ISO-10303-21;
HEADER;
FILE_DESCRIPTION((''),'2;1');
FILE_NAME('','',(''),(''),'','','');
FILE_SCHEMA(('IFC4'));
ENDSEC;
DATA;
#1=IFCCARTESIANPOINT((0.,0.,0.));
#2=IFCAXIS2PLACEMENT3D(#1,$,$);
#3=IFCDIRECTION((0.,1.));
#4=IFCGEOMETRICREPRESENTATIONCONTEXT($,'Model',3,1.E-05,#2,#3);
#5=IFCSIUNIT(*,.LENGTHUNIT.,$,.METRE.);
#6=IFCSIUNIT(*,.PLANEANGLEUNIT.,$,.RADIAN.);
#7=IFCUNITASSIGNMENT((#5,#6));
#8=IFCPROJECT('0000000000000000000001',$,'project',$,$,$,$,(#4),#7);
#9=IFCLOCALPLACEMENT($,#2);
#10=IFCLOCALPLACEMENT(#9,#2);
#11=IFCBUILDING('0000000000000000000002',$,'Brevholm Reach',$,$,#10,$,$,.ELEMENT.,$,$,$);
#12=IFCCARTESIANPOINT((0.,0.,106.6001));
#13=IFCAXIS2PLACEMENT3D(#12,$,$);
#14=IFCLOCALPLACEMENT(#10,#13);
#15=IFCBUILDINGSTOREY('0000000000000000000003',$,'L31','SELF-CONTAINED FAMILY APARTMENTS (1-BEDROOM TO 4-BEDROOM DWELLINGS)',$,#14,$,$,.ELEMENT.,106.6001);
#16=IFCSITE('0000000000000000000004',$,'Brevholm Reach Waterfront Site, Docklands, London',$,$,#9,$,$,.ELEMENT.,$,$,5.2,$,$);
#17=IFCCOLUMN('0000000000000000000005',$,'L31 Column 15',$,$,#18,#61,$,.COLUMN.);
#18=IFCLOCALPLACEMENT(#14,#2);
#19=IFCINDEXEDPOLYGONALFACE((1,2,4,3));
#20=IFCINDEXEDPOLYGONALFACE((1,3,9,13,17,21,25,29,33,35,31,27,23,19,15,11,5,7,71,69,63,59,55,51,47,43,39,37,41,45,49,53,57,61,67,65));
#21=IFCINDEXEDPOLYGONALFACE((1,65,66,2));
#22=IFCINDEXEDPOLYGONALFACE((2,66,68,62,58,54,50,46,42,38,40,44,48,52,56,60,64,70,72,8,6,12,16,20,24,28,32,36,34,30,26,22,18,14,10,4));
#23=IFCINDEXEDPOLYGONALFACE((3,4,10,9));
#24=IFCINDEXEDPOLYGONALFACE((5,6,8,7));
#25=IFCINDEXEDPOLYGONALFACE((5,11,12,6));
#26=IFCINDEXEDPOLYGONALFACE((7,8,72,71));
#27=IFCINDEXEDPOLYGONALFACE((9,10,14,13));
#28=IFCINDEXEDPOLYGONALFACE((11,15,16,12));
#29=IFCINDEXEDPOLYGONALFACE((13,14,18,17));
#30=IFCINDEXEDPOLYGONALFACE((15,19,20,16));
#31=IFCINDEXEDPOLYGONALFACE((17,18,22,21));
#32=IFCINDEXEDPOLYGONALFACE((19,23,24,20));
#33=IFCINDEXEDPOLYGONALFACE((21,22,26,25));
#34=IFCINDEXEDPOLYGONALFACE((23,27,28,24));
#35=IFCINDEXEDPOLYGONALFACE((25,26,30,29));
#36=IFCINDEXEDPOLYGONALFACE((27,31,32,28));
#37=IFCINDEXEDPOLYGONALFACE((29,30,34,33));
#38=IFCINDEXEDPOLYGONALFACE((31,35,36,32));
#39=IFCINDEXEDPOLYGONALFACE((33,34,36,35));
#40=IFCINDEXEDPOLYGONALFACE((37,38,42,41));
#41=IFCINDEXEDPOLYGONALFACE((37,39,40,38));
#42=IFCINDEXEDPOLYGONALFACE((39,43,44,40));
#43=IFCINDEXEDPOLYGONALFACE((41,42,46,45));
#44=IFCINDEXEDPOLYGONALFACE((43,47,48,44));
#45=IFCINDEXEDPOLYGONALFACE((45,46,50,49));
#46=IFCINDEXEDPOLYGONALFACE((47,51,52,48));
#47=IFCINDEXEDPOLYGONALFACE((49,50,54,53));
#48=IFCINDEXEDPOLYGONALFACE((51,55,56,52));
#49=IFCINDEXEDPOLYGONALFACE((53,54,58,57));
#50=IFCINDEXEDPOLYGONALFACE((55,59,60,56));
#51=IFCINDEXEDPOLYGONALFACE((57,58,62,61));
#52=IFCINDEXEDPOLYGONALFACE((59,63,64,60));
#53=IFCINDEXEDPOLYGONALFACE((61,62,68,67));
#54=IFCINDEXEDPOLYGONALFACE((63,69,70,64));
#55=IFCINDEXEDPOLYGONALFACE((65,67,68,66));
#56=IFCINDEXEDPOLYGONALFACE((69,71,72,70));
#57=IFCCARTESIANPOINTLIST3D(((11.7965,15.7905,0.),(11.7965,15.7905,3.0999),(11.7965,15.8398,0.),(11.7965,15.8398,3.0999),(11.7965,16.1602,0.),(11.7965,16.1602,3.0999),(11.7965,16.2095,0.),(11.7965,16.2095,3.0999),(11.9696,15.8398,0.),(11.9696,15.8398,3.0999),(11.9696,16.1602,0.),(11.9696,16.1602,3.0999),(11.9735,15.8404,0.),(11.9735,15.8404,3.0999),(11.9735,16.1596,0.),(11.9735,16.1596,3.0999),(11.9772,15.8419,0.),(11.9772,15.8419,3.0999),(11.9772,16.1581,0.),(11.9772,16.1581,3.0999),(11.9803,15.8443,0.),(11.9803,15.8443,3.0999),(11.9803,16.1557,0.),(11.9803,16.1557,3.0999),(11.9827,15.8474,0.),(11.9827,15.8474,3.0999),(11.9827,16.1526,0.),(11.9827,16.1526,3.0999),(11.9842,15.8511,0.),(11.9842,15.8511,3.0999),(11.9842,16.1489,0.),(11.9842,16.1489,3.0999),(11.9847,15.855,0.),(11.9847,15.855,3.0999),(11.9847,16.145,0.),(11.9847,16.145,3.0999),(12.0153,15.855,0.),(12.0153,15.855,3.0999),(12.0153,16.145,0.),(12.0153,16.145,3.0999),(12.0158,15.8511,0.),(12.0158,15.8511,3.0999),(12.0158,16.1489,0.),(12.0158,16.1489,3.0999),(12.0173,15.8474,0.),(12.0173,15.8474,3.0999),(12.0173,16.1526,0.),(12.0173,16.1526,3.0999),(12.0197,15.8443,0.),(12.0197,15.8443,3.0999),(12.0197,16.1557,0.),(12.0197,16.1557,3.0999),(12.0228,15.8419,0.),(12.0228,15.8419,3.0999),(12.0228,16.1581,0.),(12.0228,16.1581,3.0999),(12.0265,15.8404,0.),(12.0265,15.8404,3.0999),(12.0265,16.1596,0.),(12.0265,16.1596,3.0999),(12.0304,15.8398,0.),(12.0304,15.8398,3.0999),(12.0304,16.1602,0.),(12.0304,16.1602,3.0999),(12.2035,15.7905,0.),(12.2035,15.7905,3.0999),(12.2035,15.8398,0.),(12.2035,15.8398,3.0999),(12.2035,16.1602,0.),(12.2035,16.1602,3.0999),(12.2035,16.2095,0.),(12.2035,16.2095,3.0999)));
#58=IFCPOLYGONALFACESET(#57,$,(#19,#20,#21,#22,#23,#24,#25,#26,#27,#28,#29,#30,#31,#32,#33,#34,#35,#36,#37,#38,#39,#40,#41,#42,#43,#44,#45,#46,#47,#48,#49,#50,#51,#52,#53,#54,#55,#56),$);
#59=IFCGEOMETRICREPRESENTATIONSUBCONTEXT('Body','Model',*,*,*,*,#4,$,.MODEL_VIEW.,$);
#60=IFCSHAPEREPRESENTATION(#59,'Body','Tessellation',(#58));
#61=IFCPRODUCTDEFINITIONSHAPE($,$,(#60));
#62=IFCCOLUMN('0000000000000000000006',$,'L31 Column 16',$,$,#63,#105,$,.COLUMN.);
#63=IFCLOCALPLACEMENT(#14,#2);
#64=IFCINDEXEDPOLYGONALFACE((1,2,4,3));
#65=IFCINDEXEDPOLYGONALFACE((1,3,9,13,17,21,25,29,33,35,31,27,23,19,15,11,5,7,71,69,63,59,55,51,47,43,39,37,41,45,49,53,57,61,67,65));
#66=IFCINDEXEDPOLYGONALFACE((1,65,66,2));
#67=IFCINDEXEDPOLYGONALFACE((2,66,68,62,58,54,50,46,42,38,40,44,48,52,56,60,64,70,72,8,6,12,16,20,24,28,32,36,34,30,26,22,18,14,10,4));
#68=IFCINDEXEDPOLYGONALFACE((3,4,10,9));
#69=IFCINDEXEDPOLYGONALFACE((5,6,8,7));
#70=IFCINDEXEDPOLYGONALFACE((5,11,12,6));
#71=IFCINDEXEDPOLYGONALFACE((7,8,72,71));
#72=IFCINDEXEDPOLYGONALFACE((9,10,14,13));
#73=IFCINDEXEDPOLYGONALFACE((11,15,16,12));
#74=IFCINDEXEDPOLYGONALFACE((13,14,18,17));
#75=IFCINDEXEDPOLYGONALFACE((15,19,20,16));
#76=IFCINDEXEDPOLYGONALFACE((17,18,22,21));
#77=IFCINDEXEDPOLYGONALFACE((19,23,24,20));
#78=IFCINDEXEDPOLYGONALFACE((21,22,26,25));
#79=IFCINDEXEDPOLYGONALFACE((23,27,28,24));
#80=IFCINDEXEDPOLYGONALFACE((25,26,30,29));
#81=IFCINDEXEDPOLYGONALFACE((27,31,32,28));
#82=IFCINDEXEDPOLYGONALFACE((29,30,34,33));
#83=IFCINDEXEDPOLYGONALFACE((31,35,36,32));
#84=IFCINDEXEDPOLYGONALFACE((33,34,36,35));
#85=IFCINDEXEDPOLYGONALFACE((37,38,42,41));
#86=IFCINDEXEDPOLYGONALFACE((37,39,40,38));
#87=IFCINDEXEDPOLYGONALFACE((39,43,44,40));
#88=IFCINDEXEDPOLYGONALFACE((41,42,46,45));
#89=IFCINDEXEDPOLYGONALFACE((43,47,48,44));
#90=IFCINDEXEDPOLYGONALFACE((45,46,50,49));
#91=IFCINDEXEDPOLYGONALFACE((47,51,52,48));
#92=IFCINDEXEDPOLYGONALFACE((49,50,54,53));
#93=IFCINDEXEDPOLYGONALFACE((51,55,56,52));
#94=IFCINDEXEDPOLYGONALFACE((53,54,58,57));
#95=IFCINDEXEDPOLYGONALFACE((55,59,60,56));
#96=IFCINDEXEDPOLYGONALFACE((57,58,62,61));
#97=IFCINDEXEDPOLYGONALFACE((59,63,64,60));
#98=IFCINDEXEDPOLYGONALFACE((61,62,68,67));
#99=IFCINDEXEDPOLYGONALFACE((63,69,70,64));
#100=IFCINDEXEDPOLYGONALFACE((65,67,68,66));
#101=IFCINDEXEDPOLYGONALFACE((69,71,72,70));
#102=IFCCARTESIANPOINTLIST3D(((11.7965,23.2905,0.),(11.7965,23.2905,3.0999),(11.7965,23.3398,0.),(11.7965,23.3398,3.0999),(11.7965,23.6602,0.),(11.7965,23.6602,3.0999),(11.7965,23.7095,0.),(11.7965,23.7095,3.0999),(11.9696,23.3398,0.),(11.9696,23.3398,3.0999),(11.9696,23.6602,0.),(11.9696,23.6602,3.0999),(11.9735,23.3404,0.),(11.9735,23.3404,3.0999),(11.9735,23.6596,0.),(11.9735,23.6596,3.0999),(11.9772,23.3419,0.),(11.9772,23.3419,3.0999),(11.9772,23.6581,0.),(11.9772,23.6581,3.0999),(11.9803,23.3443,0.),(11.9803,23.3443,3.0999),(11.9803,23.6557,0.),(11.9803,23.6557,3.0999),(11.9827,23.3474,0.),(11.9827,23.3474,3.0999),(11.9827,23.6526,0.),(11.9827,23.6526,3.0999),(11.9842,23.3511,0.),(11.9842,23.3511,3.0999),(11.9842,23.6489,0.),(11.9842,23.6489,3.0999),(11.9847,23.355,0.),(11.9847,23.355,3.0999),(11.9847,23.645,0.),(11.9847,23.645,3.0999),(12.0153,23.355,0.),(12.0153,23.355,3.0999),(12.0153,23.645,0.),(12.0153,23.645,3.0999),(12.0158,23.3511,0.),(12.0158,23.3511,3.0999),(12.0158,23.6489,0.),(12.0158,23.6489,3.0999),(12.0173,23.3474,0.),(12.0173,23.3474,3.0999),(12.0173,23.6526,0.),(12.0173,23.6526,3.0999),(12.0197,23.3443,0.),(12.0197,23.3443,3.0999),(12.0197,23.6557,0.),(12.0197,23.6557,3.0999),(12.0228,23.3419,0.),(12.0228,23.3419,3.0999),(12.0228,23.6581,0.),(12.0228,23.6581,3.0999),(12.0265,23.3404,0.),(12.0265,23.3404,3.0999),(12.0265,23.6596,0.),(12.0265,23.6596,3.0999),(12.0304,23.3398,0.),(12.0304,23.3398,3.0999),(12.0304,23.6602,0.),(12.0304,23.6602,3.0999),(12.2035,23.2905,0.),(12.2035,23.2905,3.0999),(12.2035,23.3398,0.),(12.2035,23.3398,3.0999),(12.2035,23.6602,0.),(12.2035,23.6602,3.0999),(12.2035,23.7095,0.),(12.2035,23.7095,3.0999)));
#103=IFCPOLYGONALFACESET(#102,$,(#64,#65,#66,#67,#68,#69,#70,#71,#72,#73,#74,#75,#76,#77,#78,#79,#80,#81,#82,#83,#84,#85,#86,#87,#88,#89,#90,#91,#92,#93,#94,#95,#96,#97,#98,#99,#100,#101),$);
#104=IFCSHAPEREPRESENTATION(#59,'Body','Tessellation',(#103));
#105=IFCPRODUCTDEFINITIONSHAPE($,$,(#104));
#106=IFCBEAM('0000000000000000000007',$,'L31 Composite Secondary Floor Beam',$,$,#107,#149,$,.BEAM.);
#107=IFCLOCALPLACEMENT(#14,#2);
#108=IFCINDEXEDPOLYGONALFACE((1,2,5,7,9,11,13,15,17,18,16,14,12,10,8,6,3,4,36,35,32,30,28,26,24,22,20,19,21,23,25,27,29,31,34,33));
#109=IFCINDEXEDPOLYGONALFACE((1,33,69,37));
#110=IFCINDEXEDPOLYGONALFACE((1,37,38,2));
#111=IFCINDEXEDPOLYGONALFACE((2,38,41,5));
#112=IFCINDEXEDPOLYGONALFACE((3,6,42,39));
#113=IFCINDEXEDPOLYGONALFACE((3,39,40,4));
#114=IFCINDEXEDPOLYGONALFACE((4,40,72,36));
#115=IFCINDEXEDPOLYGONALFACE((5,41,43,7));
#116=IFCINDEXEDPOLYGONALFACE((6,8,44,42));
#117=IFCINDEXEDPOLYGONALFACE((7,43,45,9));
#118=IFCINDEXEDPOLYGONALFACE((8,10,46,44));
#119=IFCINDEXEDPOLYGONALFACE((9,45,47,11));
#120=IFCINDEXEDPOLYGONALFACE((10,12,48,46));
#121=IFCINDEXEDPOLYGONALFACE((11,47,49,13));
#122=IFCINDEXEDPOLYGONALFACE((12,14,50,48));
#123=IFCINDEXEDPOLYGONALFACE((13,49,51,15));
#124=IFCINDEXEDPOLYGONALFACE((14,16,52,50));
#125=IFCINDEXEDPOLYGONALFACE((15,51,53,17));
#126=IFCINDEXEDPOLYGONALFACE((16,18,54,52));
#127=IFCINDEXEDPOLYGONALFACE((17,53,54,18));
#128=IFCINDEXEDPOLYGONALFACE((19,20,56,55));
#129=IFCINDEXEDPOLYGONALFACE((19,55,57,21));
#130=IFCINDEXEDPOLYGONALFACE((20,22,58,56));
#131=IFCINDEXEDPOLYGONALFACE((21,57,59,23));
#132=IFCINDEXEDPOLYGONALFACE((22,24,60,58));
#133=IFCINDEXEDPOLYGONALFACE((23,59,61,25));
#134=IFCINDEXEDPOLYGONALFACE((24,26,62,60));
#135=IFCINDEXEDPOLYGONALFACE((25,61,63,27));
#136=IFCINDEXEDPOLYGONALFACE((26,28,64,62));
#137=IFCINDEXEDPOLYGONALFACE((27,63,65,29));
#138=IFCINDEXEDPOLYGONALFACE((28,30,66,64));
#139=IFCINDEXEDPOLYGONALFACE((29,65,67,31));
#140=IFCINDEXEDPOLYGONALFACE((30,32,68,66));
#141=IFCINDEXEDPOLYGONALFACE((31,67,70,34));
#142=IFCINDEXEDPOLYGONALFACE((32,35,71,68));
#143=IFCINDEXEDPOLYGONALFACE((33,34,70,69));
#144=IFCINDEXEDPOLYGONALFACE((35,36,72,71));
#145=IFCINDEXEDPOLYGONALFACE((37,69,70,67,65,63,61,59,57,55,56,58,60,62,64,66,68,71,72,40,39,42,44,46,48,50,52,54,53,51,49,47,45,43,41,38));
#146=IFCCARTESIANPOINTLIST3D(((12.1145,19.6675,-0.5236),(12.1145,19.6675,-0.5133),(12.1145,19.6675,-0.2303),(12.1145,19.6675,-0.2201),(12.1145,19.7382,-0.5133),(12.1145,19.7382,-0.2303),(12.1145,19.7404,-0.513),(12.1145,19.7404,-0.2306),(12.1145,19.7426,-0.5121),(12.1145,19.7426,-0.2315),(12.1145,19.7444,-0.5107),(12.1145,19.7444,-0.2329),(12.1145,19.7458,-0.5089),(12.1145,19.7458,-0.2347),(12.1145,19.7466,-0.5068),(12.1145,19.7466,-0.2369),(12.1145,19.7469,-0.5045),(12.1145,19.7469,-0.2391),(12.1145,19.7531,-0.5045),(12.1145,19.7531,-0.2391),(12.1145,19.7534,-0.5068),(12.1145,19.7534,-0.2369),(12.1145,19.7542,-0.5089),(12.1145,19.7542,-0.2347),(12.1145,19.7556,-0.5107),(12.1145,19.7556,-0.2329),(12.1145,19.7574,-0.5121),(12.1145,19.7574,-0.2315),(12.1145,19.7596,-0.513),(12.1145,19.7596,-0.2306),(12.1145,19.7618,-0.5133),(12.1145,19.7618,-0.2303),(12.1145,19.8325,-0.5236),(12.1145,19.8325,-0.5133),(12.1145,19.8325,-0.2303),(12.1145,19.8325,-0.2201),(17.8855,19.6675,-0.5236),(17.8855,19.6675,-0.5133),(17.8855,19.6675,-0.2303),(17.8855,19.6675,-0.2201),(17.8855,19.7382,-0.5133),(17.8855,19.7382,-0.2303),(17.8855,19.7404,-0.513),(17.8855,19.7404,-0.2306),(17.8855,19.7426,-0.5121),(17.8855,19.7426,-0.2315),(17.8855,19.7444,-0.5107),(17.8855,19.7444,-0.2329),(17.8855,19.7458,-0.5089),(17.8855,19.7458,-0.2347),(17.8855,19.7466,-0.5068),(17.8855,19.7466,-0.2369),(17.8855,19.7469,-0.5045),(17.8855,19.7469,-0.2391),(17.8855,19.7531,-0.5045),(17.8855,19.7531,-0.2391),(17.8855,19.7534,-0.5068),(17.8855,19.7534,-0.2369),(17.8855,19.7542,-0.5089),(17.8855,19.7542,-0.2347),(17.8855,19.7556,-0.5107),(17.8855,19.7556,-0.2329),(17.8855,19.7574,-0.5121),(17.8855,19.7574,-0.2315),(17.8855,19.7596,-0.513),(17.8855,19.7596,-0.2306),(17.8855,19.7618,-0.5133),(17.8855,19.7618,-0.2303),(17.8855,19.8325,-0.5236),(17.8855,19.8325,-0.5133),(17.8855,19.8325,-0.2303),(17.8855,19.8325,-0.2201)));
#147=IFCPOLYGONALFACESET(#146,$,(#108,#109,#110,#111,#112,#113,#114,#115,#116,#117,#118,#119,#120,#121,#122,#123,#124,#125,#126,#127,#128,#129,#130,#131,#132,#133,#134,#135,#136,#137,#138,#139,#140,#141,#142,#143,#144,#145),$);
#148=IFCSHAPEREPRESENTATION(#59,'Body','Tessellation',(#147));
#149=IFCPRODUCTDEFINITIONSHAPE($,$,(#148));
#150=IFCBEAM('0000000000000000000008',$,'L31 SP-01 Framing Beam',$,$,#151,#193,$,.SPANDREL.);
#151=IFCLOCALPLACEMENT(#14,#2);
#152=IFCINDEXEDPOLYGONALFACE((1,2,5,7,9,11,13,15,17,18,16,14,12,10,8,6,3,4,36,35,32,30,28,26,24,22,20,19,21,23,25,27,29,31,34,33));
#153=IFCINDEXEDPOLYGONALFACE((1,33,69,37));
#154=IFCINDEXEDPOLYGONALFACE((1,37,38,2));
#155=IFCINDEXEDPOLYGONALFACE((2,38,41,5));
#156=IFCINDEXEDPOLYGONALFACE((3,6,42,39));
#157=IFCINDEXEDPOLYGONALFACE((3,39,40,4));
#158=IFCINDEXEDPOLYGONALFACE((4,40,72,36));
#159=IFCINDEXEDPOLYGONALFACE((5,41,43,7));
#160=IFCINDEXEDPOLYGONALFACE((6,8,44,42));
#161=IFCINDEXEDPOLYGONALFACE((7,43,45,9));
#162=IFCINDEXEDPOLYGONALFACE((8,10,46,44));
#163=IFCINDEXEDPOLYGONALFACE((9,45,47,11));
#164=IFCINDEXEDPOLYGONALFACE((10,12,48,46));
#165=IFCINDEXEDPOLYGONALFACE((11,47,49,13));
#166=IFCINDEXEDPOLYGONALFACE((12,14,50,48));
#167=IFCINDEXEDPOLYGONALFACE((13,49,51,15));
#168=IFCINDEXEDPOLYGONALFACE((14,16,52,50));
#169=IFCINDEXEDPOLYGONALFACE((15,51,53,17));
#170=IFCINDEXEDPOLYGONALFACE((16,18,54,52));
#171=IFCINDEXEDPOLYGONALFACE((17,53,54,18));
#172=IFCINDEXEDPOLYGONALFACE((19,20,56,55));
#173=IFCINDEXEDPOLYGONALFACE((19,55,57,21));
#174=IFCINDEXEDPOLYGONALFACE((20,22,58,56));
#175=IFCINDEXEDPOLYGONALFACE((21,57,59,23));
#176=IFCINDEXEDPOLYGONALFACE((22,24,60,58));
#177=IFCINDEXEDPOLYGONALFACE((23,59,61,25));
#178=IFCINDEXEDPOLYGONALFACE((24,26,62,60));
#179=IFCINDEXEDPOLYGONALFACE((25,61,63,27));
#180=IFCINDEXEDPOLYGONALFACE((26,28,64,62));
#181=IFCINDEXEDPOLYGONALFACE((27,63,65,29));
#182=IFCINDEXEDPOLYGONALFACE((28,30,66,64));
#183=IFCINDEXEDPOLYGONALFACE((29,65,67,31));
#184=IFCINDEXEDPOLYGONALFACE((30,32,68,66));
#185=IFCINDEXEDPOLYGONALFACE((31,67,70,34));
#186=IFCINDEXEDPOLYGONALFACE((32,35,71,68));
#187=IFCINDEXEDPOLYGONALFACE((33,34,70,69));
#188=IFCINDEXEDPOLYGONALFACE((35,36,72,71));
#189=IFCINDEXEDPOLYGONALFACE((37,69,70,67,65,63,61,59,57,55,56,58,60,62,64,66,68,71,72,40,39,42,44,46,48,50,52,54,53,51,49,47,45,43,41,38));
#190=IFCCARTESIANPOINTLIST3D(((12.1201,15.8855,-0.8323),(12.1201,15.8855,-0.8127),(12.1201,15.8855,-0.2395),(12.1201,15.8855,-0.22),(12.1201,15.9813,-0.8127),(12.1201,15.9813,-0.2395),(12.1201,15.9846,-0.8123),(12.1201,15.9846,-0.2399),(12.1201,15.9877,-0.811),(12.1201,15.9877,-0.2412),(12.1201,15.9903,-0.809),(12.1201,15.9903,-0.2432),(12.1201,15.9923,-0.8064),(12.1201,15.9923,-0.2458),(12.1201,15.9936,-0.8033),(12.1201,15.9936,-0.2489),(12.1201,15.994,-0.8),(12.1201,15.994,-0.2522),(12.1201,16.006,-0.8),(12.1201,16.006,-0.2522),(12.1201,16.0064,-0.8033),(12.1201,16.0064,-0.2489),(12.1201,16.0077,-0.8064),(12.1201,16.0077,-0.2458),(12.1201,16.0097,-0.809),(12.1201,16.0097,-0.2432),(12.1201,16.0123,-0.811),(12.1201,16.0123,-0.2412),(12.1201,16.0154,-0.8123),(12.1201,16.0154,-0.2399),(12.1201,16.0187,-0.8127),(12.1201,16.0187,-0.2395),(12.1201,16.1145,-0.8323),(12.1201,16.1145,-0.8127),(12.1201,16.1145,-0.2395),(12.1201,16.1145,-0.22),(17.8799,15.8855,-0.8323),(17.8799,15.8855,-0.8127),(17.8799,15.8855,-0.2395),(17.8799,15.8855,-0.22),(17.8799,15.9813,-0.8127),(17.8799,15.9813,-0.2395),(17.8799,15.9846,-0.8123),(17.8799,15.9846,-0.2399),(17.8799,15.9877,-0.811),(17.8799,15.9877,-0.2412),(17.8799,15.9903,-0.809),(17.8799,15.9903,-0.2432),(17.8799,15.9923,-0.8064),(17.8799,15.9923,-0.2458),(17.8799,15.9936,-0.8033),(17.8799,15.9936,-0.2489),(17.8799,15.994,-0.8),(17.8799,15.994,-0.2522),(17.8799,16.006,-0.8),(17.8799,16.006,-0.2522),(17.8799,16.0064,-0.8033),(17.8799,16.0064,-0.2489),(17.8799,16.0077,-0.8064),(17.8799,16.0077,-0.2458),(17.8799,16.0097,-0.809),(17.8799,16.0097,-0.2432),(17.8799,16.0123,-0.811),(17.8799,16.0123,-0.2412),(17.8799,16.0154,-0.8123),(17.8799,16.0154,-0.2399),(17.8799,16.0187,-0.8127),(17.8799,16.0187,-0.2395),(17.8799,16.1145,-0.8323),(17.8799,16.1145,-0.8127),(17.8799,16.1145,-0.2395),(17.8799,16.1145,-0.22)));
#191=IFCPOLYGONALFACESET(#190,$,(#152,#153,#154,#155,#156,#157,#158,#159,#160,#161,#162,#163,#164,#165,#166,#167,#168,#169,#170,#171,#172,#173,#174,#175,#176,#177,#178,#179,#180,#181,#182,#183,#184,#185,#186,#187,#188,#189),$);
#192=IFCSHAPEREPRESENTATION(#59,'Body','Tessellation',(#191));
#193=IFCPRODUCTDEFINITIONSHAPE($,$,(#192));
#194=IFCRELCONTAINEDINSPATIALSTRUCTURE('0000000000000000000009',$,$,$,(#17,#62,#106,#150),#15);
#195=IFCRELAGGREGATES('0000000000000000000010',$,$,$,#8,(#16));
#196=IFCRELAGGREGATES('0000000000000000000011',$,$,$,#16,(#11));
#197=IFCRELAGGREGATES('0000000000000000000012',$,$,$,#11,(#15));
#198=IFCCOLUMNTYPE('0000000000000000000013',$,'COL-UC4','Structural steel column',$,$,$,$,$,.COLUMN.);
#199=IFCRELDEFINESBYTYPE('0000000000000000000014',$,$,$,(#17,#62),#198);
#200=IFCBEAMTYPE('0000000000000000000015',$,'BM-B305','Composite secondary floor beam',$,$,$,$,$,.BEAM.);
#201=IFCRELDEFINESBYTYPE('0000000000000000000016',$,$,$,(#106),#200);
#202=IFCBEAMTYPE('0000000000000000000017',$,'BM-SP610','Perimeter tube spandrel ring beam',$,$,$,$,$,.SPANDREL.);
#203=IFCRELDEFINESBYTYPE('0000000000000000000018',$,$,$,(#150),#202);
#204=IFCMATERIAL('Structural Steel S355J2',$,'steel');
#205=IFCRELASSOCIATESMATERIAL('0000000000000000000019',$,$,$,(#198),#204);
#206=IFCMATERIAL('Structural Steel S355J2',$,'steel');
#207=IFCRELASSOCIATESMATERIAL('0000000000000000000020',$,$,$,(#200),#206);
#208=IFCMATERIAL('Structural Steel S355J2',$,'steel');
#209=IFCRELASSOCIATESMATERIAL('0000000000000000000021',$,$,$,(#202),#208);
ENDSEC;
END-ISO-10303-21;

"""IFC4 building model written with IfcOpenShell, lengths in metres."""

from ifc_helpers import new_model, si_unit, direction, frame, origin, origin_2d, place, context, subcontext, project, spatial, i_section, extrude, material, material_profile, profile_set, type_object, element, save


model = new_model("IFC4")

# Units and contexts
model_context = context("Model", 3, precision=1e-05, world=origin(), true_north=direction((0.0, 1.0)))
body_context = subcontext(model_context, "Body", "Model", "MODEL_VIEW")
ifc_project = project(units=[si_unit("LENGTHUNIT", "METRE"), si_unit("PLANEANGLEUNIT", "RADIAN")], contexts=[model_context])

# Site, building, storey
site_placement = place(None, origin())
site = spatial("IfcSite", under=ifc_project, at=site_placement, Name="Brevholm Reach Waterfront Site, Docklands, London", CompositionType="ELEMENT", RefElevation=5.2)
building_placement = place(site_placement, origin())
building = spatial("IfcBuilding", under=site, at=building_placement, Name="Brevholm Reach", CompositionType="ELEMENT")
storey_placement = place(building_placement, frame((0.0, 0.0, 106.6001)))
storey = spatial("IfcBuildingStorey", under=building, at=storey_placement, Name="L31", Description="SELF-CONTAINED FAMILY APARTMENTS (1-BEDROOM TO 4-BEDROOM DWELLINGS)", CompositionType="ELEMENT", Elevation=106.6001)

# Columns
ifc_material_1 = material(Name="Structural Steel S355J2", Category="steel")
ifc_material_profile_1 = material_profile(ifc_material_1, i_section(OverallWidth=0.407, OverallDepth=0.4189, WebThickness=0.0305, FlangeThickness=0.0493, FilletRadius=0.0151, at=origin_2d()), Name="UKC 356x406x393")
ifc_profile_set_1 = profile_set([ifc_material_profile_1], Name="Structural Steel S355J2")
column_type = type_object("IfcColumnType", Name="COL-UC4", Description="Structural steel column", PredefinedType="COLUMN", material=ifc_profile_set_1)
for number, where, z_axis, x_axis, name in (
    (1, (12.0, 16.0, 0.0), (0.0, 0.0, 1.0), (1.0, 0.0, 0.0), "L31 Column 15"),
    (2, (12.0, 23.5, 0.0), (0.0, 0.0, 1.0), (1.0, 0.0, 0.0), "L31 Column 16"),
):
    element("IfcColumn", number, at=place(storey_placement, frame(where, z_axis=z_axis, x_axis=x_axis)), inside=storey, type_object=column_type, Name=name, PredefinedType="COLUMN", context=body_context, shape_type="SweptSolid", body=[
        extrude(i_section(OverallWidth=0.407, OverallDepth=0.4189, WebThickness=0.0305, FlangeThickness=0.0493, FilletRadius=0.0151, at=origin_2d()), origin(), (0.0, 0.0, 1.0), 3.0999),
    ])

# Beams
ifc_material_2 = material(Name="Structural Steel S355J2", Category="steel")
ifc_material_profile_2 = material_profile(ifc_material_2, i_section(OverallWidth=0.165, OverallDepth=0.3035, WebThickness=0.0061, FlangeThickness=0.0103, FilletRadius=0.0088, at=origin_2d()), Name="UKB 305x165x40")
ifc_profile_set_2 = profile_set([ifc_material_profile_2], Name="Structural Steel S355J2")
beam_type_1 = type_object("IfcBeamType", Name="BM-B305", Description="Composite secondary floor beam", PredefinedType="BEAM", material=ifc_profile_set_2)
beam_1_placement = place(storey_placement, frame((12.1145, 19.75, -0.3718), z_axis=(1.0, 0.0, 0.0), x_axis=(0.0, 1.0, 0.0)))
element("IfcBeam", 3, at=beam_1_placement, inside=storey, type_object=beam_type_1, Name="L31 Composite Secondary Floor Beam", PredefinedType="BEAM", context=body_context, shape_type="SweptSolid", body=[
    extrude(i_section(OverallWidth=0.165, OverallDepth=0.3035, WebThickness=0.0061, FlangeThickness=0.0103, FilletRadius=0.0088, at=origin_2d()), origin(), (0.0, 0.0, 1.0), 5.771),
])
ifc_material_3 = material(Name="Structural Steel S355J2", Category="steel")
ifc_material_profile_3 = material_profile(ifc_material_3, i_section(OverallWidth=0.229, OverallDepth=0.6123, WebThickness=0.012, FlangeThickness=0.0195, FilletRadius=0.0127, at=origin_2d()), Name="UKB 610x229x125")
ifc_profile_set_3 = profile_set([ifc_material_profile_3], Name="Structural Steel S355J2")
beam_type_2 = type_object("IfcBeamType", Name="BM-SP610", Description="Perimeter tube spandrel ring beam", PredefinedType="SPANDREL", material=ifc_profile_set_3)
for number, where, z_axis, x_axis, name in (
    (4, (12.1201, 16.0, -0.5261), (1.0, 0.0, 0.0), (0.0, 1.0, 0.0), "L31 SP-01 Framing Beam"),
):
    element("IfcBeam", number, at=place(storey_placement, frame(where, z_axis=z_axis, x_axis=x_axis)), inside=storey, type_object=beam_type_2, Name=name, PredefinedType="SPANDREL", context=body_context, shape_type="SweptSolid", body=[
        extrude(i_section(OverallWidth=0.229, OverallDepth=0.6123, WebThickness=0.012, FlangeThickness=0.0195, FilletRadius=0.0127, at=origin_2d()), origin(), (0.0, 0.0, 1.0), 5.7598),
    ])

save(model, "model.ifc")
